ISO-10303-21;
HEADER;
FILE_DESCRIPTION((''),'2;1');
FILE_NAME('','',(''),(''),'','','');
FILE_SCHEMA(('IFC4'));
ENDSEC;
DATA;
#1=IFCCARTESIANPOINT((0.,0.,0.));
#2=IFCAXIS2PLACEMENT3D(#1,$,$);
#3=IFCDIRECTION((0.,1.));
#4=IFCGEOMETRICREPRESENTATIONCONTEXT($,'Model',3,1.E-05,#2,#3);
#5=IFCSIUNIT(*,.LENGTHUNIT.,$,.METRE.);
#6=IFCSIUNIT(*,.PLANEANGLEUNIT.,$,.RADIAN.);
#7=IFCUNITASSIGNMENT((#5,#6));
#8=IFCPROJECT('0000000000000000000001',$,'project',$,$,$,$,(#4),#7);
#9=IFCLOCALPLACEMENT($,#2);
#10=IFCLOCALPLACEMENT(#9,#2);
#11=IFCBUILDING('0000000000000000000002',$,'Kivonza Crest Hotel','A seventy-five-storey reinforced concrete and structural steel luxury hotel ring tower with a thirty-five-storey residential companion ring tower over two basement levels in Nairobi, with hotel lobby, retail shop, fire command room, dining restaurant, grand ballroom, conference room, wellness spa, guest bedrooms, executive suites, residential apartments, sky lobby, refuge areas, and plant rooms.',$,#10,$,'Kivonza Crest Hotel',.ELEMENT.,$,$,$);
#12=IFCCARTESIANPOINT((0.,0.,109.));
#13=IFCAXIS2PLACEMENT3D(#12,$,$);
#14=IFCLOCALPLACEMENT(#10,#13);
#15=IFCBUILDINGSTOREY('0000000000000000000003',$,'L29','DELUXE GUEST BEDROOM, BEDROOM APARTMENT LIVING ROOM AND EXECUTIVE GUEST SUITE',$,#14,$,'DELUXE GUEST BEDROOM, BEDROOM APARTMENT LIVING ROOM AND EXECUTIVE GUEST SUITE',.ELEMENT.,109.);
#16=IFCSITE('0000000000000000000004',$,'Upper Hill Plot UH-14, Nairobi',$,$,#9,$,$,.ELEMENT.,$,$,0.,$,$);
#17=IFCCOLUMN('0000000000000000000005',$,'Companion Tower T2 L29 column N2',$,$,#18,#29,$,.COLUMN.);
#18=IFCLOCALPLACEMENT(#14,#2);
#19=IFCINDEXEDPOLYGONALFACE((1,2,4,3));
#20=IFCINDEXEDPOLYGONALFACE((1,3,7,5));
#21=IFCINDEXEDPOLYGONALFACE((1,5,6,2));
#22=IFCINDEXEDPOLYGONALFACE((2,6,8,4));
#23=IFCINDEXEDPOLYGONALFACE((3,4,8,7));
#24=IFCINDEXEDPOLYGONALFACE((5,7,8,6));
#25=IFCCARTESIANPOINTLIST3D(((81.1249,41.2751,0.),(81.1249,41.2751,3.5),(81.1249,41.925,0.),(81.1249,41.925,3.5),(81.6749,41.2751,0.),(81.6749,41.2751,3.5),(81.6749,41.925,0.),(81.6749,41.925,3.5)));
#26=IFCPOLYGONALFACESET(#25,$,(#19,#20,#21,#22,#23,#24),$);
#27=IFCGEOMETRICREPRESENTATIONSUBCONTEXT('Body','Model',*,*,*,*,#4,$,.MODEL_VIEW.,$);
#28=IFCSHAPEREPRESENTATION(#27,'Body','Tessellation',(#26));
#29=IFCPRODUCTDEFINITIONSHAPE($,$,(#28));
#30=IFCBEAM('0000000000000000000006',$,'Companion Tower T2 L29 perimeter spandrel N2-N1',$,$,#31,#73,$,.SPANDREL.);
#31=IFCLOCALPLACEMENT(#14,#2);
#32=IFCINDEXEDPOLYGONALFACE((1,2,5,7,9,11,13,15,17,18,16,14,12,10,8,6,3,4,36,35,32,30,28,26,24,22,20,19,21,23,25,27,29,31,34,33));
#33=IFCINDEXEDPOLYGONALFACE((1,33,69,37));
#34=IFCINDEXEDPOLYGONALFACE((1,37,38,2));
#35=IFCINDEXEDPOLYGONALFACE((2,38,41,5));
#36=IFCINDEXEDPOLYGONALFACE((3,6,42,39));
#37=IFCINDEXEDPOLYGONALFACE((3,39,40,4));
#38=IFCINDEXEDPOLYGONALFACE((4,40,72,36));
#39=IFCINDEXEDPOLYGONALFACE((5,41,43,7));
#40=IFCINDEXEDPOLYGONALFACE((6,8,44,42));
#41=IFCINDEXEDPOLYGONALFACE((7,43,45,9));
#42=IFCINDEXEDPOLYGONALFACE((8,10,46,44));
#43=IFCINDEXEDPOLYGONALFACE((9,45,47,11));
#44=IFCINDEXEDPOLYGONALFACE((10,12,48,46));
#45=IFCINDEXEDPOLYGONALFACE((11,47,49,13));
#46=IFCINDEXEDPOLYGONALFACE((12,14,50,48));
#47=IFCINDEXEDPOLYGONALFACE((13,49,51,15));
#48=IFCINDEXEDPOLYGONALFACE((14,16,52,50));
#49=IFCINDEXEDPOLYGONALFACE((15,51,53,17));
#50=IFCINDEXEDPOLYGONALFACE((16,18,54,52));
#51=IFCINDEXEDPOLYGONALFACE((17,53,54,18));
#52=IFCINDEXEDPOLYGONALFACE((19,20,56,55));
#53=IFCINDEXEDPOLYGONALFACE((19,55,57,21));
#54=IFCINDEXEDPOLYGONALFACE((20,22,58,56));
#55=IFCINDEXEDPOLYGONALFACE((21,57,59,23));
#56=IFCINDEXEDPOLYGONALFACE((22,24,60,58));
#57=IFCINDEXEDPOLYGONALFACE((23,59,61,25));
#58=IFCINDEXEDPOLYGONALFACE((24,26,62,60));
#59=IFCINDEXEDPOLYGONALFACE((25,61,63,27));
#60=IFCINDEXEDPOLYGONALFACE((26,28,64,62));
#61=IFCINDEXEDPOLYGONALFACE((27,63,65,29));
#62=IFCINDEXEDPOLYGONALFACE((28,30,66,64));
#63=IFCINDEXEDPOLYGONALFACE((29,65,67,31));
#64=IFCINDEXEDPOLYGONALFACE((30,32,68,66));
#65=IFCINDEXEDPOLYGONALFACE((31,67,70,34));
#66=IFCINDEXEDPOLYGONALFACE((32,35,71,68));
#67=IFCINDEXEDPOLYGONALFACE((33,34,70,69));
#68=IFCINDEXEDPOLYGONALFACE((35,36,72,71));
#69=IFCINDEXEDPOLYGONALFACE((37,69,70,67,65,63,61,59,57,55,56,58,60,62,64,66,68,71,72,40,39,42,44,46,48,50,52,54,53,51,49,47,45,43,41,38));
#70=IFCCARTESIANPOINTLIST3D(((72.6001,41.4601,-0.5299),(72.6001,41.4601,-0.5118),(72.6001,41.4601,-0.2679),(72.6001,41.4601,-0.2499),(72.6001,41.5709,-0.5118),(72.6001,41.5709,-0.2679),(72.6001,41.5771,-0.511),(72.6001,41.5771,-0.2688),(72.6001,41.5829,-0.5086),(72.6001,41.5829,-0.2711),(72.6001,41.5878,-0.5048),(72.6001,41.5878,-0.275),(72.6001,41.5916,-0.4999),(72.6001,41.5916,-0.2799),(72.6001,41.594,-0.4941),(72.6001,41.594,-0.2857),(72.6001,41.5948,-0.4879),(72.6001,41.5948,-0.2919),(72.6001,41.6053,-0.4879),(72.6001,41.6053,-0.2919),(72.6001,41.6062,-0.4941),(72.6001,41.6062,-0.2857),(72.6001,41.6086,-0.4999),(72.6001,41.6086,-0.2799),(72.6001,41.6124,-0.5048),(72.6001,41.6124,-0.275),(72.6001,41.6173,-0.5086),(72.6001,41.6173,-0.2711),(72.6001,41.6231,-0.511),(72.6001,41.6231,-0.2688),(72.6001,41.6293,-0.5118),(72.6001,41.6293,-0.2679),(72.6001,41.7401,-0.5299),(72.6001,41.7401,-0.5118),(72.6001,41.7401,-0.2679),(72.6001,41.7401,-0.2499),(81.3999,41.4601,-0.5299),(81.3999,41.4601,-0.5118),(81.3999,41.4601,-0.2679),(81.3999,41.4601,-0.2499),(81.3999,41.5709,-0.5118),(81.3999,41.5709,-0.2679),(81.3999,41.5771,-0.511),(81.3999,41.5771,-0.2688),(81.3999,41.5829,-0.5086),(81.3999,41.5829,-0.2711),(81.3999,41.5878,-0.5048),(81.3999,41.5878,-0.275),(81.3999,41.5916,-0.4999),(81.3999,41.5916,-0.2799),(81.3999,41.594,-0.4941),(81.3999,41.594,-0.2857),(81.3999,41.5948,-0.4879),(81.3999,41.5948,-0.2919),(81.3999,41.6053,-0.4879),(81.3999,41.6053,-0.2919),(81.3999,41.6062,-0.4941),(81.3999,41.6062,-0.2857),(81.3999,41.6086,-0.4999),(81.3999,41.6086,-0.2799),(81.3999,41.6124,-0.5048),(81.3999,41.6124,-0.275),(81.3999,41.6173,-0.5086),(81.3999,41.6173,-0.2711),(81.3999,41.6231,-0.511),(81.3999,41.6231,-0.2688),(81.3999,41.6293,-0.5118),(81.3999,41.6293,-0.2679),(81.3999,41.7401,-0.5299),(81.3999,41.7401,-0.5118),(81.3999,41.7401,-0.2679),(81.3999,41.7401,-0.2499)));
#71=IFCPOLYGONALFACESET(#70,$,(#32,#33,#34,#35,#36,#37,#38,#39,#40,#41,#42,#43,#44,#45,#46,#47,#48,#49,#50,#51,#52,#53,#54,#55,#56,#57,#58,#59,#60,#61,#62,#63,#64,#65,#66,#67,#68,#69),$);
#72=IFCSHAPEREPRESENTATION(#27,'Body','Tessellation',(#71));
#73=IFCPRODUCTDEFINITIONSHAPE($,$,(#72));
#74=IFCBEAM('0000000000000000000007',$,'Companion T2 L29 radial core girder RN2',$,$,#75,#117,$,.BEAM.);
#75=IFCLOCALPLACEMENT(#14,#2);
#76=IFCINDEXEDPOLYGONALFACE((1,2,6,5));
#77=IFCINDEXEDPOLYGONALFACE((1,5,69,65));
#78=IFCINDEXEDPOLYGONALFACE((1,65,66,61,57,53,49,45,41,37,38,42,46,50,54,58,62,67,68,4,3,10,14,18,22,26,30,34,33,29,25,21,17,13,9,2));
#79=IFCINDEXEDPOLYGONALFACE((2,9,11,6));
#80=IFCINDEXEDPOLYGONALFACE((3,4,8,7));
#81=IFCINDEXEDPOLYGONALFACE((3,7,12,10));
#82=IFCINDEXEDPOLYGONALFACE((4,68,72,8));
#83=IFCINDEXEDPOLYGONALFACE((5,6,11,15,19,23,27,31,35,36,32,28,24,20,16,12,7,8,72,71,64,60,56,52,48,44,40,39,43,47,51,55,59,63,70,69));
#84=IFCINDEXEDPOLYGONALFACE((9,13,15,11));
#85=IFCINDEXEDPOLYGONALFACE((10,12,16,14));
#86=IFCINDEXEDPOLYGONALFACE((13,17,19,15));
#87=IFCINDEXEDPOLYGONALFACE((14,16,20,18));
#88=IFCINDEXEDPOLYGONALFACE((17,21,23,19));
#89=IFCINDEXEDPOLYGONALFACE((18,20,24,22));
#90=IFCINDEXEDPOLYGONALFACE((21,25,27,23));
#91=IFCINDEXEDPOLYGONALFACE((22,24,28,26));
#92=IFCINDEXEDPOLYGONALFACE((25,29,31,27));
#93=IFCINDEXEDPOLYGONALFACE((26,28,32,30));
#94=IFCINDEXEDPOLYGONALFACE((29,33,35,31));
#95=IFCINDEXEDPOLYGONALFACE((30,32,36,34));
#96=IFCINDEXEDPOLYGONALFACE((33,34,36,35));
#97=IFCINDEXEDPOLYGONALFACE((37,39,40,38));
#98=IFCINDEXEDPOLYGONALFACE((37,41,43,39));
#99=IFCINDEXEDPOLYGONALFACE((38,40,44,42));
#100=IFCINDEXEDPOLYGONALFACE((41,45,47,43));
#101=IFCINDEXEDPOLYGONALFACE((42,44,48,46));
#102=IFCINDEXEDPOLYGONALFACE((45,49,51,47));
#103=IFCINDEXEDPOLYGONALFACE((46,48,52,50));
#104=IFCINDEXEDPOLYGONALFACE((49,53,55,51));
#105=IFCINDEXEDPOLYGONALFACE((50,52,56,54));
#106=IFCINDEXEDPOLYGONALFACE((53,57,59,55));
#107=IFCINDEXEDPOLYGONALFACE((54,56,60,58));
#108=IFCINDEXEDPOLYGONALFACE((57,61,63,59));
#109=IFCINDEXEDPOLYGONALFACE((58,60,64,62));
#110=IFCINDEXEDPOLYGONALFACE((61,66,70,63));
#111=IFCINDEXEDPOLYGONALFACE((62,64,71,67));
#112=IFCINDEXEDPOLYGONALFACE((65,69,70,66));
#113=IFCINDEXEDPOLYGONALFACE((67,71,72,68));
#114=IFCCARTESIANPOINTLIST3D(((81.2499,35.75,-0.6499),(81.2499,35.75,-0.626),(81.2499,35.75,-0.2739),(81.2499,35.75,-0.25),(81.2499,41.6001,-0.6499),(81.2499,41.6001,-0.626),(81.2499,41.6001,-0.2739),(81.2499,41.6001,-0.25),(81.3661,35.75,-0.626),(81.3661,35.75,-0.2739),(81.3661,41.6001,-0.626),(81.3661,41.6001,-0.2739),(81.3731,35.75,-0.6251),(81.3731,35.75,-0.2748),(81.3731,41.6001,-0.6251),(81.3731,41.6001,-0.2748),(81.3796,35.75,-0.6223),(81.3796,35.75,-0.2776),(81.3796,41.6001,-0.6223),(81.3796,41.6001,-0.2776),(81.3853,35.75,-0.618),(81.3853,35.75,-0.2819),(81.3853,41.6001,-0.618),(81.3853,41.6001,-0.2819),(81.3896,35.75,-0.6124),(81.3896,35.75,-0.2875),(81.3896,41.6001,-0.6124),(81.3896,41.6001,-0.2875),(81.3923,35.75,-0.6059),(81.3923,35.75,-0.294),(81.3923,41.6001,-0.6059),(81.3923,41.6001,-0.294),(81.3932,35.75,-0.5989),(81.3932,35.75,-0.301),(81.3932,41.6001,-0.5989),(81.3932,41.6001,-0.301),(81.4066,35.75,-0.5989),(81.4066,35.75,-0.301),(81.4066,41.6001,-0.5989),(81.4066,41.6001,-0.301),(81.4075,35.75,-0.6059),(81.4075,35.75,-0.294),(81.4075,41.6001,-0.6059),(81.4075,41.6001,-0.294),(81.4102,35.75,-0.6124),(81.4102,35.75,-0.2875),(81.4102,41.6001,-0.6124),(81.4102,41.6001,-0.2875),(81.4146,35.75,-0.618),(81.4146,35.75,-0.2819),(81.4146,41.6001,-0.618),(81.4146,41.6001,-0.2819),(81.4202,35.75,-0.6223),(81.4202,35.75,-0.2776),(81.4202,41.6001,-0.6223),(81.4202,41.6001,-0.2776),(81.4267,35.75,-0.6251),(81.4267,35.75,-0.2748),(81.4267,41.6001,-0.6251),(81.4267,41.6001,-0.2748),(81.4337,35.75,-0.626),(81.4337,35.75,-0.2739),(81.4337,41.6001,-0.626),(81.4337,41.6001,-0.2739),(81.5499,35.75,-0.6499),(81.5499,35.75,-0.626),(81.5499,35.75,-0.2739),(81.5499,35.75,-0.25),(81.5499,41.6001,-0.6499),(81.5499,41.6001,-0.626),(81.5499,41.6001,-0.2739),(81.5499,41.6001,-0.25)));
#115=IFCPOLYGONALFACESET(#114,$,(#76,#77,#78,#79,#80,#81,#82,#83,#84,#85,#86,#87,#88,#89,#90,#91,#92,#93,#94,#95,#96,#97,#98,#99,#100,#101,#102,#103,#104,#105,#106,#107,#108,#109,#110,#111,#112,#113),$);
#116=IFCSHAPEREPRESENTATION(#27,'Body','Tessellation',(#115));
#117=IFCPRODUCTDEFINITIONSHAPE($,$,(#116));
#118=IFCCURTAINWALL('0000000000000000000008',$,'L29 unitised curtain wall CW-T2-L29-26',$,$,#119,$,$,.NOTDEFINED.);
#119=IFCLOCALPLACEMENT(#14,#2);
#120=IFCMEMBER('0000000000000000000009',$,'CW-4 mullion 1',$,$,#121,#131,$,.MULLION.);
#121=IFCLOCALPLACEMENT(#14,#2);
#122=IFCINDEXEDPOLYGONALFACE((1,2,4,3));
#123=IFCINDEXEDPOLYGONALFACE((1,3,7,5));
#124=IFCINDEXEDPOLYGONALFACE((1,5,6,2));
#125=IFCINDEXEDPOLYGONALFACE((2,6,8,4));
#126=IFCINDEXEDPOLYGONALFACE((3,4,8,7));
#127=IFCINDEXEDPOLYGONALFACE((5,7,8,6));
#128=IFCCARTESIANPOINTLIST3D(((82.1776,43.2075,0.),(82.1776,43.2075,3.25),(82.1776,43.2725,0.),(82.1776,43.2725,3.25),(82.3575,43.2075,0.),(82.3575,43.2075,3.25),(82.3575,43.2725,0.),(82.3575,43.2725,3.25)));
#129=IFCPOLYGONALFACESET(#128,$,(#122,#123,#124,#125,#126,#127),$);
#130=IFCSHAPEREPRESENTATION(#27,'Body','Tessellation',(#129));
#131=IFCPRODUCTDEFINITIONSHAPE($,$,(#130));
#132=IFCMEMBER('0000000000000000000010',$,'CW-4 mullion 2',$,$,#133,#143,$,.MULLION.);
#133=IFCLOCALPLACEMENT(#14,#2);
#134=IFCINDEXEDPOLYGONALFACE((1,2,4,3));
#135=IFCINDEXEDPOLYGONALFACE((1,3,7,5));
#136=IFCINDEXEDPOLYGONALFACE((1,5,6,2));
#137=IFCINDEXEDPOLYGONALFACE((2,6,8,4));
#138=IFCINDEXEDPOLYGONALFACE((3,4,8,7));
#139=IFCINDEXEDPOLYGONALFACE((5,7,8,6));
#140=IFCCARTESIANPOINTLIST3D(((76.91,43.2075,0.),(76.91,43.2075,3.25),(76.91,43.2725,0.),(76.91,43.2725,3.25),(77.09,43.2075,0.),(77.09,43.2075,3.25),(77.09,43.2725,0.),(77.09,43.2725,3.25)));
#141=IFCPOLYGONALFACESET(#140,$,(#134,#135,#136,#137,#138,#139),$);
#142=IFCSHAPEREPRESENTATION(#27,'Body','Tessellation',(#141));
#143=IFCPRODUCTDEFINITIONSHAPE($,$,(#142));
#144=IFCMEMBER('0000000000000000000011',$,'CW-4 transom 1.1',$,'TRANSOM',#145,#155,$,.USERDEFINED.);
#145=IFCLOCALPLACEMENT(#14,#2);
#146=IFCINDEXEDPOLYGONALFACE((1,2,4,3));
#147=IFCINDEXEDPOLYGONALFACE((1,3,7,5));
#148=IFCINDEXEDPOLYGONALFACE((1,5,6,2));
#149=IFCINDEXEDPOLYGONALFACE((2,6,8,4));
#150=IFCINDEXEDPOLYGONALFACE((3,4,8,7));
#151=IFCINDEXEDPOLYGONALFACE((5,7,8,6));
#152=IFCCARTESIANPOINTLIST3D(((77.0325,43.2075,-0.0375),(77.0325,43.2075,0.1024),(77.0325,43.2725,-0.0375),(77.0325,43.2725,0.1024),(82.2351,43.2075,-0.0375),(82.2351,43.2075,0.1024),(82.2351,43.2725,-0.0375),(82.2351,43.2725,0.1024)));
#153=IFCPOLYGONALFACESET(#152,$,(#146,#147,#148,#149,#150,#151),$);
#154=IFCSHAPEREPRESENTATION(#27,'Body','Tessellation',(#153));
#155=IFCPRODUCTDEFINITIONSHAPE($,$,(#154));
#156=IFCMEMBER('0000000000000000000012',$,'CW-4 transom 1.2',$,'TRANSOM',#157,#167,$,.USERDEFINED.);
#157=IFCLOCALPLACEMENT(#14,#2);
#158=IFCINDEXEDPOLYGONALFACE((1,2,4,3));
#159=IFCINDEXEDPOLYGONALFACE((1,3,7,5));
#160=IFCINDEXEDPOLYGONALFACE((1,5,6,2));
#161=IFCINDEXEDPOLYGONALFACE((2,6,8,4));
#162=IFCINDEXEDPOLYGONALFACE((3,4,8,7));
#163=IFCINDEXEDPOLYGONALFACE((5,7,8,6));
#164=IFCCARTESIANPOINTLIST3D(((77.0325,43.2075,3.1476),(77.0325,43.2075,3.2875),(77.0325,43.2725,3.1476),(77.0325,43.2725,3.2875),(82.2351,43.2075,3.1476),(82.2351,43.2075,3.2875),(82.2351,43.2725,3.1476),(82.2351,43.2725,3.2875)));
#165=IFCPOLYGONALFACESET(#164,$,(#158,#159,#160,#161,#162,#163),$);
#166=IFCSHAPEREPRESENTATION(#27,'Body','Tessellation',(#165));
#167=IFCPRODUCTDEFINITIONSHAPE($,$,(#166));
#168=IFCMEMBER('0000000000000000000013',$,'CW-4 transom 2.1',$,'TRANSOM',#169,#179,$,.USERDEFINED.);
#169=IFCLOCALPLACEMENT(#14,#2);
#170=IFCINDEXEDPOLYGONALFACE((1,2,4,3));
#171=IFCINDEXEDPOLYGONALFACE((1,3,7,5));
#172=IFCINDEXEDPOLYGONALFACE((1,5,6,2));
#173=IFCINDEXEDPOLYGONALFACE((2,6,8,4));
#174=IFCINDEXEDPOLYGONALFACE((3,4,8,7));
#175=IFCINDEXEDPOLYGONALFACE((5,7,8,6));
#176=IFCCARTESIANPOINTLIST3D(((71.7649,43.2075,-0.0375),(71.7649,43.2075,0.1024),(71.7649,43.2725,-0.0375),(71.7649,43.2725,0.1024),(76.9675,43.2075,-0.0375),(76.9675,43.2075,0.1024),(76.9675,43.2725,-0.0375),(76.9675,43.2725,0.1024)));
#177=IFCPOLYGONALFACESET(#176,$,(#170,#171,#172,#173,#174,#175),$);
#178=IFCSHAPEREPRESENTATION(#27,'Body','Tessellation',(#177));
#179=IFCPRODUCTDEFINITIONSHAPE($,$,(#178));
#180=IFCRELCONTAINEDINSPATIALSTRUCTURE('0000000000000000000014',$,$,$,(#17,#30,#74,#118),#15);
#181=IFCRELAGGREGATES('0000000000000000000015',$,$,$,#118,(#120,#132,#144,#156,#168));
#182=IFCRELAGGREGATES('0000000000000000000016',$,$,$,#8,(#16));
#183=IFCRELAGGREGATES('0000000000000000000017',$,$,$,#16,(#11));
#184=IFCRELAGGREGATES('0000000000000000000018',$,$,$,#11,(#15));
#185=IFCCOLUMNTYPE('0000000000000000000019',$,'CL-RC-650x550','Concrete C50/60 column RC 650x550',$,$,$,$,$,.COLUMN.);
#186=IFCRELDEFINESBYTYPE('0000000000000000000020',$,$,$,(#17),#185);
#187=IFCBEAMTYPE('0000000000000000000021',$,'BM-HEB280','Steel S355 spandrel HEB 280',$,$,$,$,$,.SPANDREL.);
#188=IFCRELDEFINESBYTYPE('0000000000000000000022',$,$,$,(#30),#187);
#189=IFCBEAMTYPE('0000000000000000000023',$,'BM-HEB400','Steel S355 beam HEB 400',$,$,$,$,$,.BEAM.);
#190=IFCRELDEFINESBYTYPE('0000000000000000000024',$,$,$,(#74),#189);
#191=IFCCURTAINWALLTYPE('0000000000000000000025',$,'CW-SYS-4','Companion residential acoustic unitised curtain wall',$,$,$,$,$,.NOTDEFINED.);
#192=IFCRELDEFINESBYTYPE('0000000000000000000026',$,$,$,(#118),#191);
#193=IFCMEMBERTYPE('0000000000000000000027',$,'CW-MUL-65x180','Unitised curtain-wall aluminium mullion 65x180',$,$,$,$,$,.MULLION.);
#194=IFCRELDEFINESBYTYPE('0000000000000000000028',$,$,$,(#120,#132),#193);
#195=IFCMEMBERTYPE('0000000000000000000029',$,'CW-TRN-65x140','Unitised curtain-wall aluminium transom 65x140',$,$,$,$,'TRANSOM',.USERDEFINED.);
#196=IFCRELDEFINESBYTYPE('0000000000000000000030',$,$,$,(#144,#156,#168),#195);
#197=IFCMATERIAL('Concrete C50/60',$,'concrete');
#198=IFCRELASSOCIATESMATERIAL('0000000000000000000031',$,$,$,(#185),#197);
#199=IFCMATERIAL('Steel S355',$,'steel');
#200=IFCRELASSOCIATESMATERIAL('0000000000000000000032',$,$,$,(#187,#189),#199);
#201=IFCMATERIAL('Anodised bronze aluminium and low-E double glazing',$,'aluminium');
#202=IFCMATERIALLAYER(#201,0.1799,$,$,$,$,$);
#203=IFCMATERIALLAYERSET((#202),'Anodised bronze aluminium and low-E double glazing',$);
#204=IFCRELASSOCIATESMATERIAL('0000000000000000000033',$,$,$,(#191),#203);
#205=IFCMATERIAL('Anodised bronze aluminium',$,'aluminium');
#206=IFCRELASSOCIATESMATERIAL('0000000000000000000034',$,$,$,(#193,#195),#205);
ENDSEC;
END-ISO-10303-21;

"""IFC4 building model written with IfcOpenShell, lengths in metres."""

from ifc_helpers import new_model, si_unit, direction, frame, origin, origin_2d, place, context, subcontext, project, spatial, rectangle, i_section, extrude, material, layer, layer_set, material_profile, profile_set, type_object, element, aggregate, save


model = new_model("IFC4")

# Units and contexts
model_context = context("Model", 3, precision=1e-05, world=origin(), true_north=direction((0.0, 1.0)))
body_context = subcontext(model_context, "Body", "Model", "MODEL_VIEW")
ifc_project = project(units=[si_unit("LENGTHUNIT", "METRE"), si_unit("PLANEANGLEUNIT", "RADIAN")], contexts=[model_context])

# Site, building, storey
site_placement = place(None, origin())
site = spatial("IfcSite", under=ifc_project, at=site_placement, Name="Upper Hill Plot UH-14, Nairobi", CompositionType="ELEMENT", RefElevation=0.0)
building_placement = place(site_placement, origin())
building = spatial("IfcBuilding", under=site, at=building_placement, Name="Kivonza Crest Hotel", Description="A seventy-five-storey reinforced concrete and structural steel luxury hotel ring tower with a thirty-five-storey residential companion ring tower over two basement levels in Nairobi, with hotel lobby, retail shop, fire command room, dining restaurant, grand ballroom, conference room, wellness spa, guest bedrooms, executive suites, residential apartments, sky lobby, refuge areas, and plant rooms.", LongName="Kivonza Crest Hotel", CompositionType="ELEMENT")
storey_placement = place(building_placement, frame((0.0, 0.0, 109.0)))
storey = spatial("IfcBuildingStorey", under=building, at=storey_placement, Name="L29", Description="DELUXE GUEST BEDROOM, BEDROOM APARTMENT LIVING ROOM AND EXECUTIVE GUEST SUITE", LongName="DELUXE GUEST BEDROOM, BEDROOM APARTMENT LIVING ROOM AND EXECUTIVE GUEST SUITE", CompositionType="ELEMENT", Elevation=109.0)

# Column
ifc_material_1 = material(Name="Concrete C50/60", Category="concrete")
ifc_material_profile_1 = material_profile(ifc_material_1, rectangle(XDim=0.55, YDim=0.6499, at=origin_2d()), Name="RC 650x550")
ifc_profile_set_1 = profile_set([ifc_material_profile_1], Name="Concrete C50/60")
column_type = type_object("IfcColumnType", Name="CL-RC-650x550", Description="Concrete C50/60 column RC 650x550", PredefinedType="COLUMN", material=ifc_profile_set_1)
column_placement = place(storey_placement, frame((81.3999, 41.6001, 0.0), z_axis=(0.0, 0.0, 1.0), x_axis=(1.0, 0.0, 0.0)))
element("IfcColumn", 1, at=column_placement, inside=storey, type_object=column_type, Name="Companion Tower T2 L29 column N2", PredefinedType="COLUMN", context=body_context, shape_type="SweptSolid", body=[
    extrude(rectangle(XDim=0.55, YDim=0.6499, at=origin_2d()), origin(), (0.0, 0.0, 1.0), 3.5),
])

# Beams
ifc_material_2 = material(Name="Steel S355", Category="steel")
ifc_material_profile_2 = material_profile(ifc_material_2, i_section(OverallWidth=0.28, OverallDepth=0.28, WebThickness=0.0105, FlangeThickness=0.0181, FilletRadius=0.0239, at=origin_2d()), Name="HEB 280")
ifc_profile_set_2 = profile_set([ifc_material_profile_2], Name="Steel S355")
beam_type_1 = type_object("IfcBeamType", Name="BM-HEB280", Description="Steel S355 spandrel HEB 280", PredefinedType="SPANDREL", material=ifc_profile_set_2)
beam_1_placement = place(storey_placement, frame((81.3999, 41.6001, -0.3899), z_axis=(-1.0, 0.0, 0.0), x_axis=(0.0, -1.0, 0.0)))
element("IfcBeam", 2, at=beam_1_placement, inside=storey, type_object=beam_type_1, Name="Companion Tower T2 L29 perimeter spandrel N2-N1", PredefinedType="SPANDREL", context=body_context, shape_type="SweptSolid", body=[
    extrude(i_section(OverallWidth=0.28, OverallDepth=0.28, WebThickness=0.0105, FlangeThickness=0.0181, FilletRadius=0.0239, at=origin_2d()), origin(), (0.0, 0.0, 1.0), 8.7998),
])
ifc_material_profile_3 = material_profile(ifc_material_2, i_section(OverallWidth=0.3, OverallDepth=0.3999, WebThickness=0.0134, FlangeThickness=0.0239, FilletRadius=0.0271, at=origin_2d()), Name="HEB 400")
ifc_profile_set_3 = profile_set([ifc_material_profile_3], Name="Steel S355")
beam_type_2 = type_object("IfcBeamType", Name="BM-HEB400", Description="Steel S355 beam HEB 400", PredefinedType="BEAM", material=ifc_profile_set_3)
beam_2_placement = place(storey_placement, frame((81.3999, 41.6001, -0.45), z_axis=(0.0, -1.0, 0.0), x_axis=(1.0, 0.0, 0.0)))
element("IfcBeam", 3, at=beam_2_placement, inside=storey, type_object=beam_type_2, Name="Companion T2 L29 radial core girder RN2", PredefinedType="BEAM", context=body_context, shape_type="SweptSolid", body=[
    extrude(i_section(OverallWidth=0.3, OverallDepth=0.3999, WebThickness=0.0134, FlangeThickness=0.0239, FilletRadius=0.0271, at=origin_2d()), origin(), (0.0, 0.0, 1.0), 5.8501),
])

# Curtain wall, members
ifc_material_3 = material(Name="Anodised bronze aluminium and low-E double glazing", Category="aluminium")
ifc_layer_1 = layer(ifc_material_3, 0.1799)
ifc_layer_set_1 = layer_set([ifc_layer_1], Name="Anodised bronze aluminium and low-E double glazing")
curtain_wall_type = type_object("IfcCurtainWallType", Name="CW-SYS-4", Description="Companion residential acoustic unitised curtain wall", PredefinedType="NOTDEFINED", material=ifc_layer_set_1)
curtain_wall_placement = place(storey_placement, origin())
curtain_wall = element("IfcCurtainWall", 4, at=curtain_wall_placement, inside=storey, type_object=curtain_wall_type, Name="L29 unitised curtain wall CW-T2-L29-26", PredefinedType="NOTDEFINED")
ifc_material_4 = material(Name="Anodised bronze aluminium", Category="aluminium")
ifc_material_profile_4 = material_profile(ifc_material_4, rectangle(XDim=0.0649, YDim=0.1799, at=origin_2d()), Name="CW-M 65x180")
ifc_profile_set_4 = profile_set([ifc_material_profile_4], Name="Anodised bronze aluminium")
member_type_1 = type_object("IfcMemberType", Name="CW-MUL-65x180", Description="Unitised curtain-wall aluminium mullion 65x180", PredefinedType="MULLION", material=ifc_profile_set_4)
member_1_placement = place(storey_placement, frame((82.2676, 43.24, 0.0), z_axis=(0.0, 0.0, 1.0), x_axis=(0.0, -1.0, 0.0)))
member_1 = element("IfcMember", 5, at=member_1_placement, type_object=member_type_1, Name="CW-4 mullion 1", PredefinedType="MULLION", context=body_context, shape_type="SweptSolid", body=[
    extrude(rectangle(XDim=0.0649, YDim=0.1799, at=origin_2d()), origin(), (0.0, 0.0, 1.0), 3.25),
])
member_2_placement = place(storey_placement, frame((77.0, 43.24, 0.0), z_axis=(0.0, 0.0, 1.0), x_axis=(0.0, -1.0, 0.0)))
member_2 = element("IfcMember", 6, at=member_2_placement, type_object=member_type_1, Name="CW-4 mullion 2", PredefinedType="MULLION", context=body_context, shape_type="SweptSolid", body=[
    extrude(rectangle(XDim=0.0649, YDim=0.1799, at=origin_2d()), origin(), (0.0, 0.0, 1.0), 3.25),
])
ifc_material_profile_5 = material_profile(ifc_material_4, rectangle(XDim=0.0649, YDim=0.1399, at=origin_2d()), Name="CW-T 65x140")
ifc_profile_set_5 = profile_set([ifc_material_profile_5], Name="Anodised bronze aluminium")
member_type_2 = type_object("IfcMemberType", Name="CW-TRN-65x140", Description="Unitised curtain-wall aluminium transom 65x140", ElementType="TRANSOM", PredefinedType="USERDEFINED", material=ifc_profile_set_5)
member_3_placement = place(storey_placement, frame((82.2351, 43.24, 0.0325), z_axis=(-1.0, 0.0, 0.0), x_axis=(0.0, -1.0, 0.0)))
member_3 = element("IfcMember", 7, at=member_3_placement, type_object=member_type_2, Name="CW-4 transom 1.1", ObjectType="TRANSOM", PredefinedType="USERDEFINED", context=body_context, shape_type="SweptSolid", body=[
    extrude(rectangle(XDim=0.0649, YDim=0.1399, at=origin_2d()), origin(), (0.0, 0.0, 1.0), 5.2026),
])
member_4_placement = place(storey_placement, frame((82.2351, 43.24, 3.2175), z_axis=(-1.0, 0.0, 0.0), x_axis=(0.0, -1.0, 0.0)))
member_4 = element("IfcMember", 8, at=member_4_placement, type_object=member_type_2, Name="CW-4 transom 1.2", ObjectType="TRANSOM", PredefinedType="USERDEFINED", context=body_context, shape_type="SweptSolid", body=[
    extrude(rectangle(XDim=0.0649, YDim=0.1399, at=origin_2d()), origin(), (0.0, 0.0, 1.0), 5.2026),
])
member_5_placement = place(storey_placement, frame((76.9675, 43.24, 0.0325), z_axis=(-1.0, 0.0, 0.0), x_axis=(0.0, -1.0, 0.0)))
member_5 = element("IfcMember", 9, at=member_5_placement, type_object=member_type_2, Name="CW-4 transom 2.1", ObjectType="TRANSOM", PredefinedType="USERDEFINED", context=body_context, shape_type="SweptSolid", body=[
    extrude(rectangle(XDim=0.0649, YDim=0.1399, at=origin_2d()), origin(), (0.0, 0.0, 1.0), 5.2026),
])
aggregate(curtain_wall, [member_1, member_2, member_3, member_4, member_5])

save(model, "model.ifc")
